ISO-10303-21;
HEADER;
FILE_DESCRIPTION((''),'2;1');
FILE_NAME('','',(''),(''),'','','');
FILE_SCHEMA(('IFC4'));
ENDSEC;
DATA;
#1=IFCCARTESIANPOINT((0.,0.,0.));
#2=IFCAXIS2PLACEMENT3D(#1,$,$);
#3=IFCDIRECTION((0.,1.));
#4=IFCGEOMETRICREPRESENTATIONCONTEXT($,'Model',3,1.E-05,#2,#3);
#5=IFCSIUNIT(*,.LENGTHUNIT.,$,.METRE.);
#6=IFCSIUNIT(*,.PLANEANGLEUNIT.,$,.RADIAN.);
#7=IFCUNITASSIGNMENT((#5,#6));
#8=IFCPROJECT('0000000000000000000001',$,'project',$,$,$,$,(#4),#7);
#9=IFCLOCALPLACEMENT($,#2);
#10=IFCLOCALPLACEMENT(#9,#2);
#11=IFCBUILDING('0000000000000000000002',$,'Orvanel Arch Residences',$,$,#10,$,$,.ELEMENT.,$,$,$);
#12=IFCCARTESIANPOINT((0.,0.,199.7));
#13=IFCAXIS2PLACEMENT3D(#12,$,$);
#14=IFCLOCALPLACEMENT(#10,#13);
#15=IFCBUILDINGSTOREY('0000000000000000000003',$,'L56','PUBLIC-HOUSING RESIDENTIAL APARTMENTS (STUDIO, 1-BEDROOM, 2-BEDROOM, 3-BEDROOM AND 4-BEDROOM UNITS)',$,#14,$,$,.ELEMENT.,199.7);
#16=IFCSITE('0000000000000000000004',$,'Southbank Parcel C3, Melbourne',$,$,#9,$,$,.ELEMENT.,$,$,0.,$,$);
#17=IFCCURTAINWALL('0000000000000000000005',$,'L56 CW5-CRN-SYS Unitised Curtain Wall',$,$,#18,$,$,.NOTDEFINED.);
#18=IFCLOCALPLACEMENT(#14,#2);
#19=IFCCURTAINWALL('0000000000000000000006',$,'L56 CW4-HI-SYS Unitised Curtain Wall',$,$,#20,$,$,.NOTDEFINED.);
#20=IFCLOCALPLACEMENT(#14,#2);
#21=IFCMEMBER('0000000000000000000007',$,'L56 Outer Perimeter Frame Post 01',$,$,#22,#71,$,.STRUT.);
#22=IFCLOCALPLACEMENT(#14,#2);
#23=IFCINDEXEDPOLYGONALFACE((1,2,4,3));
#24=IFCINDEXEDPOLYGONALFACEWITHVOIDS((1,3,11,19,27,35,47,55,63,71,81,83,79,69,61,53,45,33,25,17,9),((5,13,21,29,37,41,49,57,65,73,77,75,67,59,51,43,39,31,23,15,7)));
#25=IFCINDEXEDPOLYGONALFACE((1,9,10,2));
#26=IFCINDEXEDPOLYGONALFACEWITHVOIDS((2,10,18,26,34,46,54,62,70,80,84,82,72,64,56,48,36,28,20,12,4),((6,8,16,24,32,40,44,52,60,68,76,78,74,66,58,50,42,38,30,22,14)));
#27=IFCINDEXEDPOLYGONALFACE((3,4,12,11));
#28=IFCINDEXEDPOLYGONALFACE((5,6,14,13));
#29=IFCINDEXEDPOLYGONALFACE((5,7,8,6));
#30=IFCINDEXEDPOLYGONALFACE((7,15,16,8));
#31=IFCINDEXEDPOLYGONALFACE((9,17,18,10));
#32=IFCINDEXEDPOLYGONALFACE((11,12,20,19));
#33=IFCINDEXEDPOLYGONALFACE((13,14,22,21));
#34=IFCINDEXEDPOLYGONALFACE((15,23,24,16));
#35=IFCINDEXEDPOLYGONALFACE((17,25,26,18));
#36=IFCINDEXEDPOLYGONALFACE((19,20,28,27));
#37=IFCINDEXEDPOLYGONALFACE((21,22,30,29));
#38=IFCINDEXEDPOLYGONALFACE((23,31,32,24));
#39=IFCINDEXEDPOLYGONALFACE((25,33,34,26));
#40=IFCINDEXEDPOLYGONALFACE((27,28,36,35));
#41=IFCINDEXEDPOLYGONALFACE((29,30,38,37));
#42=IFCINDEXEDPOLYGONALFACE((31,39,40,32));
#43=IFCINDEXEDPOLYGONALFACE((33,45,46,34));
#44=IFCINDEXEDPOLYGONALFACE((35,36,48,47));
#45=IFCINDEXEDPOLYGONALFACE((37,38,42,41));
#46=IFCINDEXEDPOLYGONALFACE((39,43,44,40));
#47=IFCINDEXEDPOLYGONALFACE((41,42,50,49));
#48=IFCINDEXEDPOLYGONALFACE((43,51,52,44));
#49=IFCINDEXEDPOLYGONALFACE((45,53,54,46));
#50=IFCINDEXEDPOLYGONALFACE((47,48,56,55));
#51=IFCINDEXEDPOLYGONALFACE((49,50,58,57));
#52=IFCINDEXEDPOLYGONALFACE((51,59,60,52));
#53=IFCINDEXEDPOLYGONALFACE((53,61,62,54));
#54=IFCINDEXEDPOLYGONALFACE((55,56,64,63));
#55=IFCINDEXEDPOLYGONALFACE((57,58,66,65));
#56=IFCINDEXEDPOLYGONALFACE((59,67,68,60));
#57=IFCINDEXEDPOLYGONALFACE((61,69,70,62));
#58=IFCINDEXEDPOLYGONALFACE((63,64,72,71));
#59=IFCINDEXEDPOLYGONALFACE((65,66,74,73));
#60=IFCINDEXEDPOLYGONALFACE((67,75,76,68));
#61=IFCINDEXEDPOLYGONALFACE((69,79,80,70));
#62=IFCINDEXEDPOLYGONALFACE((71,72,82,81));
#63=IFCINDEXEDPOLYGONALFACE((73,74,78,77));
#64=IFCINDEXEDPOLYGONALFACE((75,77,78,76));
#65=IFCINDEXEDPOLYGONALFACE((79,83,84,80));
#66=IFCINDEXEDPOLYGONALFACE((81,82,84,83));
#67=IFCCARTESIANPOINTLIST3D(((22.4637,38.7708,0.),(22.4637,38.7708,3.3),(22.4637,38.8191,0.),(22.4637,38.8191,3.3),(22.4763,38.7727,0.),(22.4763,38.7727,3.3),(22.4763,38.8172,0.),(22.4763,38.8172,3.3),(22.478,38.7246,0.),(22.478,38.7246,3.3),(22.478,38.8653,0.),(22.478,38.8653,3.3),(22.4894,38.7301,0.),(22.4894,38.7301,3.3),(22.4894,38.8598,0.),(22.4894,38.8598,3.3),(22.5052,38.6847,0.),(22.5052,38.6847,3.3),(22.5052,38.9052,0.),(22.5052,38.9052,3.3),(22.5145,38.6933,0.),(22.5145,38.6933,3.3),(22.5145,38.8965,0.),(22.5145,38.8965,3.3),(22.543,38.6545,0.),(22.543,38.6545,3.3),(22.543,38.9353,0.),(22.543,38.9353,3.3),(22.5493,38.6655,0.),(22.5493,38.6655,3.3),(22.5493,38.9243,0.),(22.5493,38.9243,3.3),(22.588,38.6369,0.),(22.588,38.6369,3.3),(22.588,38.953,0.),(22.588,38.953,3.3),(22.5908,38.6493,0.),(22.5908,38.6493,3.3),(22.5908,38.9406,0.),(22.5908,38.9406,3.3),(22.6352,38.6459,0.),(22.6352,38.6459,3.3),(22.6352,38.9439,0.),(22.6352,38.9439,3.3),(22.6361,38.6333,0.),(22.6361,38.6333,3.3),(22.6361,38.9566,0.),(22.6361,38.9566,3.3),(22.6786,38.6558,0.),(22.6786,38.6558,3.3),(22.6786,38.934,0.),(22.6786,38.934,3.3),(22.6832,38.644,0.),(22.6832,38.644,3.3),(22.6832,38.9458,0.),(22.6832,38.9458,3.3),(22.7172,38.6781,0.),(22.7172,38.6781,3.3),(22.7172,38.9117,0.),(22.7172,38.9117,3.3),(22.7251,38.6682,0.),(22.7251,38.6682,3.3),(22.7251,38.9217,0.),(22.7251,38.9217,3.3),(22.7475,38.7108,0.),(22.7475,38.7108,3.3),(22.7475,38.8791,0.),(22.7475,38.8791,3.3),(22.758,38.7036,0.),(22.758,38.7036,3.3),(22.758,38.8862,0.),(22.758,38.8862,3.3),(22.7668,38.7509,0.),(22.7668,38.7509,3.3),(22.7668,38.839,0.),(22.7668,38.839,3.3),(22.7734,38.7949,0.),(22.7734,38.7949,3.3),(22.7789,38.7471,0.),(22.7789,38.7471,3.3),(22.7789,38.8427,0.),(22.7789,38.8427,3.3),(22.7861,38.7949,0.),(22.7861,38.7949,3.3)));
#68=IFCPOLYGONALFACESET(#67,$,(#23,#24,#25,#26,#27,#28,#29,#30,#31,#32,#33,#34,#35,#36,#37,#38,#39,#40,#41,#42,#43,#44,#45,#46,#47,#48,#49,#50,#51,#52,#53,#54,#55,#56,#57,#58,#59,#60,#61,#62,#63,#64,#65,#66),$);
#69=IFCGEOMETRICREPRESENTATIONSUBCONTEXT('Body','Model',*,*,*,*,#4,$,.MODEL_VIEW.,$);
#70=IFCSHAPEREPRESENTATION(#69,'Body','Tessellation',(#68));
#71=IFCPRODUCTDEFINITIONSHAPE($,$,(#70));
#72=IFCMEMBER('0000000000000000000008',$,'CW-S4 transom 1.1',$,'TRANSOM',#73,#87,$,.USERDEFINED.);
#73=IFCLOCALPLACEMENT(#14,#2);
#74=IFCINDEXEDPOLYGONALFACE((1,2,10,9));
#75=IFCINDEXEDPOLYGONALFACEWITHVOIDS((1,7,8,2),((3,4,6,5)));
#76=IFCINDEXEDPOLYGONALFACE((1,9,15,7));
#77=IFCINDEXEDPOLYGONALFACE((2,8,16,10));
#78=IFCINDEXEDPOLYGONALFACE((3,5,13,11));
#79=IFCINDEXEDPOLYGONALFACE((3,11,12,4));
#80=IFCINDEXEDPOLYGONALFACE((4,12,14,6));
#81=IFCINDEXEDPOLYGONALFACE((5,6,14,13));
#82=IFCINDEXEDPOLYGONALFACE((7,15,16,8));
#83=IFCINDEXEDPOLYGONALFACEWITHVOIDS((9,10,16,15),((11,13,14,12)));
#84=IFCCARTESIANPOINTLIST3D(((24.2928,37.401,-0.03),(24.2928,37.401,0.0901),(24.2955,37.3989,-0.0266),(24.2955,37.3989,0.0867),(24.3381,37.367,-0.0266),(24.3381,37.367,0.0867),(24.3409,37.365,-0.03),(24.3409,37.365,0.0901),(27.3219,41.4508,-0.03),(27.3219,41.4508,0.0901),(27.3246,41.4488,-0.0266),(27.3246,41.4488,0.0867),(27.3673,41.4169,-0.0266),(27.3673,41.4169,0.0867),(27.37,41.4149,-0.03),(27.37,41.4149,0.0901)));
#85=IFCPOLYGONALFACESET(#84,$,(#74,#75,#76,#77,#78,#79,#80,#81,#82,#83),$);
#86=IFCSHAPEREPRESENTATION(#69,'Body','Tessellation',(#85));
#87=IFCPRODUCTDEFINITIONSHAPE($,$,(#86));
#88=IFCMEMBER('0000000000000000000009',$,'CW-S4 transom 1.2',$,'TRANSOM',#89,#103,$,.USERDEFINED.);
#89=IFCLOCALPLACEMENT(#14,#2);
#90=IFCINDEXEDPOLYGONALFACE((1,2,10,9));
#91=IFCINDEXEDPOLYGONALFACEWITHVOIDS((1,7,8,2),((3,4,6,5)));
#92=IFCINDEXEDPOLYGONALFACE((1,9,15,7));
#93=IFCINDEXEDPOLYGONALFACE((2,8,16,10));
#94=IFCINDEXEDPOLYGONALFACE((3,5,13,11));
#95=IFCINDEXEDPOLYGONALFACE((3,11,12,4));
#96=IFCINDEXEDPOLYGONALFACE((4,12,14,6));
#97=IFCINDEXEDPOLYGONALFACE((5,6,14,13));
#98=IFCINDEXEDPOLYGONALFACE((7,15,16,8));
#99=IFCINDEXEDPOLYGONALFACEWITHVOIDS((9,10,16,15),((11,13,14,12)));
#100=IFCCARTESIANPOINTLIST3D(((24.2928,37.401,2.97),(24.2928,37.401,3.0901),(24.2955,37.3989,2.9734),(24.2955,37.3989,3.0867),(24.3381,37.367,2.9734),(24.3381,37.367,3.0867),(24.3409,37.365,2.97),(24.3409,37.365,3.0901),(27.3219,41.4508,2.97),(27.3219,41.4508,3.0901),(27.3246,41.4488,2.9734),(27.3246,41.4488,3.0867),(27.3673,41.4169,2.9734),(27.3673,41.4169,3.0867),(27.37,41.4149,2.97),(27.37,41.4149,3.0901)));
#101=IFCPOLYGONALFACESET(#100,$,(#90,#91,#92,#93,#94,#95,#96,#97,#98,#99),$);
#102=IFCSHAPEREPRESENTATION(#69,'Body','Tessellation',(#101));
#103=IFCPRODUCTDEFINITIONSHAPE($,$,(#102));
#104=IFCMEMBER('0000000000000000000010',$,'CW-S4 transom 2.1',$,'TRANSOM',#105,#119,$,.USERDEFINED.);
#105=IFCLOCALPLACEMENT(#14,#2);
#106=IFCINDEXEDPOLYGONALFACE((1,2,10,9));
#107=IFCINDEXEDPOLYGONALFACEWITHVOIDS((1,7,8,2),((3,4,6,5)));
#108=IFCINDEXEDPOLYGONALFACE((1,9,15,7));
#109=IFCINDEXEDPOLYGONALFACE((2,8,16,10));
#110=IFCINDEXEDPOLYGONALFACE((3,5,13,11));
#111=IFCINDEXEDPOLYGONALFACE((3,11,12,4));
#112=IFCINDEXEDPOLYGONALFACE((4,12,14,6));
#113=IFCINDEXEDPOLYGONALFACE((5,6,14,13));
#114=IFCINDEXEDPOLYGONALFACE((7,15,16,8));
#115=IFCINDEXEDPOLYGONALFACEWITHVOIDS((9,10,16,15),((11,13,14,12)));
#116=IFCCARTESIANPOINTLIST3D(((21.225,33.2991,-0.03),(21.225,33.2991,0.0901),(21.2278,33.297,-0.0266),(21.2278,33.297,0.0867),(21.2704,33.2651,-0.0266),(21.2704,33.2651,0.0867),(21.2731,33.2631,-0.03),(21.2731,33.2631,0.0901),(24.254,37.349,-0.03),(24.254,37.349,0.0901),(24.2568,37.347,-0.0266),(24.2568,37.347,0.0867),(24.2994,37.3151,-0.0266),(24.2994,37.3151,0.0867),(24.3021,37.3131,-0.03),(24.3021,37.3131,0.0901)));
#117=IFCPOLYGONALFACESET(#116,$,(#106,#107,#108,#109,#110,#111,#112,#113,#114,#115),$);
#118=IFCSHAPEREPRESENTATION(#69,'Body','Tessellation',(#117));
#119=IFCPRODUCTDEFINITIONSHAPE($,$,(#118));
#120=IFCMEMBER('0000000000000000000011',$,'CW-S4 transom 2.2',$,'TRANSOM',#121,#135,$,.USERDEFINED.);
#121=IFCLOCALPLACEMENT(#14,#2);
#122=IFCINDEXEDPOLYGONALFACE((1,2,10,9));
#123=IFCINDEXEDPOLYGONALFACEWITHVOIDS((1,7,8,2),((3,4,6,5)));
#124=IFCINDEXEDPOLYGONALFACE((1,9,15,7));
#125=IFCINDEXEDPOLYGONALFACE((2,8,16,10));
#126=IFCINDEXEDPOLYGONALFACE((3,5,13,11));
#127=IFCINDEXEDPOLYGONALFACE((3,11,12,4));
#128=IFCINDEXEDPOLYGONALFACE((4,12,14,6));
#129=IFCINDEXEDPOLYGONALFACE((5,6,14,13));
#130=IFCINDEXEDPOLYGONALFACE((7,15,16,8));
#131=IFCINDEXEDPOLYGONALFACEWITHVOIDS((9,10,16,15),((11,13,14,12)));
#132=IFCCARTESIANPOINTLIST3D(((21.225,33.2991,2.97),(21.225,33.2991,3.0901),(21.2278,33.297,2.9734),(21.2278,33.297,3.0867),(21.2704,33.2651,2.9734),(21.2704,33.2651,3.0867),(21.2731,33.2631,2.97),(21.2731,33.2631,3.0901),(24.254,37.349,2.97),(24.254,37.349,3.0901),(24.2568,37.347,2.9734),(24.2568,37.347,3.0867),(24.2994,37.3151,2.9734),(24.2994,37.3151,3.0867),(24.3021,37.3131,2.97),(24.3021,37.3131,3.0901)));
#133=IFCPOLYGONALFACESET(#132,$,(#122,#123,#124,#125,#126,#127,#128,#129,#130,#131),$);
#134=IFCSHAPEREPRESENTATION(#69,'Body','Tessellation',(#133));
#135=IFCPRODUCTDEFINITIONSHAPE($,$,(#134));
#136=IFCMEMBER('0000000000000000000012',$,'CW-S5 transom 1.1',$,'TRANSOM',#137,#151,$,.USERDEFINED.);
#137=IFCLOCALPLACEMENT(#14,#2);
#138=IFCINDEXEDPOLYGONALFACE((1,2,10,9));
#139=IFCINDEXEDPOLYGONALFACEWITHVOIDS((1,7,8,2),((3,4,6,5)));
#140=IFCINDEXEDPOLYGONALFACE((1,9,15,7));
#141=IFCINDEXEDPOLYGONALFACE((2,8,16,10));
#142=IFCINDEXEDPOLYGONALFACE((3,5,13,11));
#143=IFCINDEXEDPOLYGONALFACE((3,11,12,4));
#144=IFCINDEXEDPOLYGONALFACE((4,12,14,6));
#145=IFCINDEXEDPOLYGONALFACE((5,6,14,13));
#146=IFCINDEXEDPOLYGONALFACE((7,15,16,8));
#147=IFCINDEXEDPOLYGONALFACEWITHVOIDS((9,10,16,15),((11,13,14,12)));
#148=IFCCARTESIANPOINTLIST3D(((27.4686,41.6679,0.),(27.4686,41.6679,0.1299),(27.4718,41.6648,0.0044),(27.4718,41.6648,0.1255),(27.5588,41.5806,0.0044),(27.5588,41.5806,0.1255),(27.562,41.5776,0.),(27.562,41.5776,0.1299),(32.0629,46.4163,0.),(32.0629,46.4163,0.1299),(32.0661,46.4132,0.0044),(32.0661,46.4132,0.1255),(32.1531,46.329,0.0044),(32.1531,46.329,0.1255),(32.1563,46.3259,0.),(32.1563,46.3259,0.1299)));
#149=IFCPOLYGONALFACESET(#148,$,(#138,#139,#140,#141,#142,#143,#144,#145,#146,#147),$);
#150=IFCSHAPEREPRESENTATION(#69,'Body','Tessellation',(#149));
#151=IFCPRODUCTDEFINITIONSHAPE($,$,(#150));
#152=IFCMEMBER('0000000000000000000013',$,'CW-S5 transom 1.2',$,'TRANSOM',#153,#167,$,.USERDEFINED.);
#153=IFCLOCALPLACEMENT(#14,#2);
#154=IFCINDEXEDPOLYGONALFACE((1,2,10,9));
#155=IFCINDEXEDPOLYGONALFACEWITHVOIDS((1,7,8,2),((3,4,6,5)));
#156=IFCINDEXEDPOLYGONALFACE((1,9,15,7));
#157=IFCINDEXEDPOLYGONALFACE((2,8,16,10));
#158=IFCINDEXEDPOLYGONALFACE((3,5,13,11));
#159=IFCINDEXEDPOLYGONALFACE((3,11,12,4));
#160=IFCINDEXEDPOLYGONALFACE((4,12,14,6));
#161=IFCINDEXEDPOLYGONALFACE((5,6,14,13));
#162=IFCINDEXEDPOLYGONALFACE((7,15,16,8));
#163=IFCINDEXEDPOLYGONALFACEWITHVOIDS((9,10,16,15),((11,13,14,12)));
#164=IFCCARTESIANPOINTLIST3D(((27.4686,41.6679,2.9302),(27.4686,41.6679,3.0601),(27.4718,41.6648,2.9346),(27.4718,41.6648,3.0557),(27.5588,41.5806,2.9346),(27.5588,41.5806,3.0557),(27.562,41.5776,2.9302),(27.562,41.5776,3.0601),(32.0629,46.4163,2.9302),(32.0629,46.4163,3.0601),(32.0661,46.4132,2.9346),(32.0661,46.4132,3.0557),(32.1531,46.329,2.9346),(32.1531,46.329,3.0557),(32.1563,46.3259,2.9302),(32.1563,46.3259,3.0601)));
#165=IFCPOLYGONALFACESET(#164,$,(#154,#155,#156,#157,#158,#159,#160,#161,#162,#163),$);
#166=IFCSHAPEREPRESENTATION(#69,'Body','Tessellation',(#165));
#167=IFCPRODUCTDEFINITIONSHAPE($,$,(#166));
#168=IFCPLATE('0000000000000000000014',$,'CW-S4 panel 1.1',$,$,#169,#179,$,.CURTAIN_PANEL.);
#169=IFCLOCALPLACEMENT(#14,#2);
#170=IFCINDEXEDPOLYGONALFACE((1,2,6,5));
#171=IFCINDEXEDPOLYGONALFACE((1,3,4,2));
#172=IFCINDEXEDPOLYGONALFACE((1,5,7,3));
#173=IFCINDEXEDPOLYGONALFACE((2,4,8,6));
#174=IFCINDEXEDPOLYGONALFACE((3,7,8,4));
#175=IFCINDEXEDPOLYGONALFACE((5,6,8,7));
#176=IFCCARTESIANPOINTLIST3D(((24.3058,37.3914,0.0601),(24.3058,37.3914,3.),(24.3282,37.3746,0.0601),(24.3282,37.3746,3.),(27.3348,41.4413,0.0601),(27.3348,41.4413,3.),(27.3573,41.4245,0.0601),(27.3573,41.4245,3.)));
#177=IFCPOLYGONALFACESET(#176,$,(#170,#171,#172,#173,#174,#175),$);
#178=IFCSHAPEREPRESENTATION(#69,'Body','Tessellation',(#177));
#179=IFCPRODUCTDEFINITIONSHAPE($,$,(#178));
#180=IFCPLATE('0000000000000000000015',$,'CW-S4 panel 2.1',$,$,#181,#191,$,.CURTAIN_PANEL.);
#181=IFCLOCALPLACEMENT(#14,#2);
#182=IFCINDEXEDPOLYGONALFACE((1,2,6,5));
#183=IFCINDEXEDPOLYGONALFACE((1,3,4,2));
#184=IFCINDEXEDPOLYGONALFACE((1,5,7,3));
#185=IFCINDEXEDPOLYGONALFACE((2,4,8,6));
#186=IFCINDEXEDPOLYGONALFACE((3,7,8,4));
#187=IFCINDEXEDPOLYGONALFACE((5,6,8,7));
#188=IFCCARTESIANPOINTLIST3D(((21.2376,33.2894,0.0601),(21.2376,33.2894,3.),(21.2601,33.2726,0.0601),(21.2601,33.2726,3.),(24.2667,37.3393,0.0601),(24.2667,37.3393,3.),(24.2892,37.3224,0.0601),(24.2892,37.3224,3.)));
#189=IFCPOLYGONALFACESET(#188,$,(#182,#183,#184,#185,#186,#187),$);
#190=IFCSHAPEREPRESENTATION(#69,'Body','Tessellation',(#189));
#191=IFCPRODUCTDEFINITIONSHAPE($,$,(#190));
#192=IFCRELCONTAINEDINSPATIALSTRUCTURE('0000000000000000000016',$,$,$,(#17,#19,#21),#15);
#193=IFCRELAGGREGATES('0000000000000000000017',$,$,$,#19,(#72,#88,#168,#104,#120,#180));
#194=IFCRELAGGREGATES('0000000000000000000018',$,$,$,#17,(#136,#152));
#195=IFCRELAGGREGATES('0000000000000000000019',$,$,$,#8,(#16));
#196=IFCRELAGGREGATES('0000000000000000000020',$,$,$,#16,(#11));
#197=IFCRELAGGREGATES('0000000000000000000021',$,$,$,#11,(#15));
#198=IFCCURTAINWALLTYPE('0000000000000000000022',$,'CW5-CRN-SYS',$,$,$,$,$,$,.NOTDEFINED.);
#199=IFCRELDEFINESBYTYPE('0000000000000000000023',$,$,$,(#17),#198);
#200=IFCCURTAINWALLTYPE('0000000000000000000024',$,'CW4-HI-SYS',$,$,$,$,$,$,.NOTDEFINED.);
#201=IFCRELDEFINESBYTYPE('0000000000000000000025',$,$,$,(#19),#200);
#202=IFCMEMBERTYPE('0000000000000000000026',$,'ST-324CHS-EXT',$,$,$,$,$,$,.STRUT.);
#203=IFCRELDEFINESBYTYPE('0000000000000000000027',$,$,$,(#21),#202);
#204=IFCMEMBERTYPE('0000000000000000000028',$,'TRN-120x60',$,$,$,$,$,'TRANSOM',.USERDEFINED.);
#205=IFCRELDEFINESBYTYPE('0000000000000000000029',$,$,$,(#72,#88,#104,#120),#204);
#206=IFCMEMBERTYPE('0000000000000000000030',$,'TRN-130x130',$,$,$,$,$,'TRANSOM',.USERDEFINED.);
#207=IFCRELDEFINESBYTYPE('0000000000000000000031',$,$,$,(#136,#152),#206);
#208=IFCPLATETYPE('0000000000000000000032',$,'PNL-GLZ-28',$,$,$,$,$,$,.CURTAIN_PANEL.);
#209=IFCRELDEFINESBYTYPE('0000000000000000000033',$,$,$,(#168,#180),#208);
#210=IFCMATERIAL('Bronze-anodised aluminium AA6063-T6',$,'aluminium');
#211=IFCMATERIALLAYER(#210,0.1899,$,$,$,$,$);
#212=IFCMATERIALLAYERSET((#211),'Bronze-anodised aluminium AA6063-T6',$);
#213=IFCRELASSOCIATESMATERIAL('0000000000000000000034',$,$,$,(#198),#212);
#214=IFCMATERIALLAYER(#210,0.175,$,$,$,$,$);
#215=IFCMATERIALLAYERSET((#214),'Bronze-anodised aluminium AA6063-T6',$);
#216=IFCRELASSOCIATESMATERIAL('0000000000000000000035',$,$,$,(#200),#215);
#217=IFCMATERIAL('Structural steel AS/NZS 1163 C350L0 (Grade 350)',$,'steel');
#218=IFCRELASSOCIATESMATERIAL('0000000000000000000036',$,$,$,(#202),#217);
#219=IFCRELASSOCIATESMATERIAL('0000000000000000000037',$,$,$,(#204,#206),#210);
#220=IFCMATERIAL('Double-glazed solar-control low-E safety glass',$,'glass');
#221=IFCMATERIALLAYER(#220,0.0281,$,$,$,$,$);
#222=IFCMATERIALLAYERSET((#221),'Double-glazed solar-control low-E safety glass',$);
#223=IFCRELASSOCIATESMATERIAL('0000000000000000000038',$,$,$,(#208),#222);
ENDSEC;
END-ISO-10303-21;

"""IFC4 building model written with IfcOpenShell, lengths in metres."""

from ifc_helpers import new_model, si_unit, direction, frame, origin, origin_2d, place, context, subcontext, project, spatial, rectangle, hollow_rectangle, hollow_circle, extrude, material, layer, layer_set, material_profile, profile_set, type_object, element, aggregate, save


model = new_model("IFC4")

# Units and contexts
model_context = context("Model", 3, precision=1e-05, world=origin(), true_north=direction((0.0, 1.0)))
body_context = subcontext(model_context, "Body", "Model", "MODEL_VIEW")
ifc_project = project(units=[si_unit("LENGTHUNIT", "METRE"), si_unit("PLANEANGLEUNIT", "RADIAN")], contexts=[model_context])

# Site, building, storey
site_placement = place(None, origin())
site = spatial("IfcSite", under=ifc_project, at=site_placement, Name="Southbank Parcel C3, Melbourne", CompositionType="ELEMENT", RefElevation=0.0)
building_placement = place(site_placement, origin())
building = spatial("IfcBuilding", under=site, at=building_placement, Name="Orvanel Arch Residences", CompositionType="ELEMENT")
storey_placement = place(building_placement, frame((0.0, 0.0, 199.7)))
storey = spatial("IfcBuildingStorey", under=building, at=storey_placement, Name="L56", Description="PUBLIC-HOUSING RESIDENTIAL APARTMENTS (STUDIO, 1-BEDROOM, 2-BEDROOM, 3-BEDROOM AND 4-BEDROOM UNITS)", CompositionType="ELEMENT", Elevation=199.7)

# Shared definitions
ifc_material_1 = material(Name="Bronze-anodised aluminium AA6063-T6", Category="aluminium")
ifc_layer_1 = layer(ifc_material_1, 0.1899)
ifc_layer_set_1 = layer_set([ifc_layer_1], Name="Bronze-anodised aluminium AA6063-T6")
curtain_wall_type_1 = type_object("IfcCurtainWallType", Name="CW5-CRN-SYS", PredefinedType="NOTDEFINED", material=ifc_layer_set_1)

# Curtain walls
curtain_wall_1_placement = place(storey_placement, origin())
curtain_wall_1 = element("IfcCurtainWall", 1, at=curtain_wall_1_placement, inside=storey, type_object=curtain_wall_type_1, Name="L56 CW5-CRN-SYS Unitised Curtain Wall", PredefinedType="NOTDEFINED")
ifc_layer_2 = layer(ifc_material_1, 0.175)
ifc_layer_set_2 = layer_set([ifc_layer_2], Name="Bronze-anodised aluminium AA6063-T6")
curtain_wall_type_2 = type_object("IfcCurtainWallType", Name="CW4-HI-SYS", PredefinedType="NOTDEFINED", material=ifc_layer_set_2)
curtain_wall_2_placement = place(storey_placement, origin())
curtain_wall_2 = element("IfcCurtainWall", 2, at=curtain_wall_2_placement, inside=storey, type_object=curtain_wall_type_2, Name="L56 CW4-HI-SYS Unitised Curtain Wall", PredefinedType="NOTDEFINED")

# Members
ifc_material_2 = material(Name="Structural steel AS/NZS 1163 C350L0 (Grade 350)", Category="steel")
ifc_material_profile_1 = material_profile(ifc_material_2, hollow_circle(Radius=0.1621, WallThickness=0.0127, at=origin_2d()), Name="CHS324x12.7")
ifc_profile_set_1 = profile_set([ifc_material_profile_1], Name="Structural steel AS/NZS 1163 C350L0 (Grade 350)")
member_type_1 = type_object("IfcMemberType", Name="ST-324CHS-EXT", PredefinedType="STRUT", material=ifc_profile_set_1)
member_1_placement = place(storey_placement, frame((22.624, 38.7949, 0.0), z_axis=(0.0, 0.0, 1.0), x_axis=(1.0, 0.0, 0.0)))
element("IfcMember", 3, at=member_1_placement, inside=storey, type_object=member_type_1, Name="L56 Outer Perimeter Frame Post 01", PredefinedType="STRUT", context=body_context, shape_type="SweptSolid", body=[
    extrude(hollow_circle(Radius=0.1621, WallThickness=0.0127, at=origin_2d()), origin(), (0.0, 0.0, 1.0), 3.3),
])
ifc_material_profile_2 = material_profile(ifc_material_1, hollow_rectangle(XDim=0.0601, YDim=0.1201, WallThickness=0.0034, at=origin_2d()), Name="ALU120x60x3.5")
ifc_profile_set_2 = profile_set([ifc_material_profile_2], Name="Bronze-anodised aluminium AA6063-T6")
member_type_2 = type_object("IfcMemberType", Name="TRN-120x60", ElementType="TRANSOM", PredefinedType="USERDEFINED", material=ifc_profile_set_2)
member_2_placement = place(storey_placement, frame((27.3459, 41.4329, 0.03), z_axis=(-0.598949, -0.800787, 0.0), x_axis=(0.800787, -0.598949, 0.0)))
member_2 = element("IfcMember", 4, at=member_2_placement, type_object=member_type_2, Name="CW-S4 transom 1.1", ObjectType="TRANSOM", PredefinedType="USERDEFINED", context=body_context, shape_type="SweptSolid", body=[
    extrude(hollow_rectangle(XDim=0.0601, YDim=0.1201, WallThickness=0.0034, at=origin_2d()), origin(), (0.0, 0.0, 1.0), 5.0574),
])
member_3_placement = place(storey_placement, frame((27.3459, 41.4329, 3.03), z_axis=(-0.598949, -0.800787, 0.0), x_axis=(0.800787, -0.598949, 0.0)))
member_3 = element("IfcMember", 5, at=member_3_placement, type_object=member_type_2, Name="CW-S4 transom 1.2", ObjectType="TRANSOM", PredefinedType="USERDEFINED", context=body_context, shape_type="SweptSolid", body=[
    extrude(hollow_rectangle(XDim=0.0601, YDim=0.1201, WallThickness=0.0034, at=origin_2d()), origin(), (0.0, 0.0, 1.0), 5.0574),
])
member_4_placement = place(storey_placement, frame((24.2781, 37.3311, 0.03), z_axis=(-0.598926, -0.800804, 0.0), x_axis=(0.800804, -0.598926, 0.0)))
member_4 = element("IfcMember", 6, at=member_4_placement, type_object=member_type_2, Name="CW-S4 transom 2.1", ObjectType="TRANSOM", PredefinedType="USERDEFINED", context=body_context, shape_type="SweptSolid", body=[
    extrude(hollow_rectangle(XDim=0.0601, YDim=0.1201, WallThickness=0.0034, at=origin_2d()), origin(), (0.0, 0.0, 1.0), 5.0574),
])
member_5_placement = place(storey_placement, frame((24.2781, 37.3311, 3.03), z_axis=(-0.598926, -0.800804, 0.0), x_axis=(0.800804, -0.598926, 0.0)))
member_5 = element("IfcMember", 7, at=member_5_placement, type_object=member_type_2, Name="CW-S4 transom 2.2", ObjectType="TRANSOM", PredefinedType="USERDEFINED", context=body_context, shape_type="SweptSolid", body=[
    extrude(hollow_rectangle(XDim=0.0601, YDim=0.1201, WallThickness=0.0034, at=origin_2d()), origin(), (0.0, 0.0, 1.0), 5.0574),
])
ifc_material_profile_3 = material_profile(ifc_material_1, hollow_rectangle(XDim=0.1299, YDim=0.1299, WallThickness=0.0044, at=origin_2d()), Name="ALU130x130x4.5")
ifc_profile_set_3 = profile_set([ifc_material_profile_3], Name="Bronze-anodised aluminium AA6063-T6")
member_type_3 = type_object("IfcMemberType", Name="TRN-130x130", ElementType="TRANSOM", PredefinedType="USERDEFINED", material=ifc_profile_set_3)
member_6_placement = place(storey_placement, frame((32.1096, 46.3711, 0.0649), z_axis=(-0.695352, -0.718669, 0.0), x_axis=(0.718669, -0.695352, 0.0)))
member_6 = element("IfcMember", 8, at=member_6_placement, type_object=member_type_3, Name="CW-S5 transom 1.1", ObjectType="TRANSOM", PredefinedType="USERDEFINED", context=body_context, shape_type="SweptSolid", body=[
    extrude(hollow_rectangle(XDim=0.1299, YDim=0.1299, WallThickness=0.0044, at=origin_2d()), origin(), (0.0, 0.0, 1.0), 6.6072),
])
member_7_placement = place(storey_placement, frame((32.1096, 46.3711, 2.9951), z_axis=(-0.695352, -0.718669, 0.0), x_axis=(0.718669, -0.695352, 0.0)))
member_7 = element("IfcMember", 9, at=member_7_placement, type_object=member_type_3, Name="CW-S5 transom 1.2", ObjectType="TRANSOM", PredefinedType="USERDEFINED", context=body_context, shape_type="SweptSolid", body=[
    extrude(hollow_rectangle(XDim=0.1299, YDim=0.1299, WallThickness=0.0044, at=origin_2d()), origin(), (0.0, 0.0, 1.0), 6.6072),
])

# Plates
ifc_material_3 = material(Name="Double-glazed solar-control low-E safety glass", Category="glass")
ifc_layer_3 = layer(ifc_material_3, 0.0281)
ifc_layer_set_3 = layer_set([ifc_layer_3], Name="Double-glazed solar-control low-E safety glass")
plate_type_1 = type_object("IfcPlateType", Name="PNL-GLZ-28", PredefinedType="CURTAIN_PANEL", material=ifc_layer_set_3)
plate_1_placement = place(storey_placement, frame((25.8315, 39.408, 0.0601), z_axis=(0.0, 0.0, 1.0), x_axis=(-0.598944, -0.800791, 0.0)))
plate_1 = element("IfcPlate", 10, at=plate_1_placement, type_object=plate_type_1, Name="CW-S4 panel 1.1", PredefinedType="CURTAIN_PANEL", context=body_context, shape_type="SweptSolid", body=[
    extrude(rectangle(XDim=5.0574, YDim=0.0281, at=origin_2d()), origin(), (0.0, 0.0, 1.0), 2.9399),
])
plate_2_placement = place(storey_placement, frame((22.7634, 35.3059, 0.0601), z_axis=(0.0, 0.0, 1.0), x_axis=(-0.598944, -0.800791, 0.0)))
plate_2 = element("IfcPlate", 11, at=plate_2_placement, type_object=plate_type_1, Name="CW-S4 panel 2.1", PredefinedType="CURTAIN_PANEL", context=body_context, shape_type="SweptSolid", body=[
    extrude(rectangle(XDim=5.0574, YDim=0.0281, at=origin_2d()), origin(), (0.0, 0.0, 1.0), 2.9399),
])
aggregate(curtain_wall_2, [member_2, member_3, plate_1, member_4, member_5, plate_2])
aggregate(curtain_wall_1, [member_6, member_7])

save(model, "model.ifc")
